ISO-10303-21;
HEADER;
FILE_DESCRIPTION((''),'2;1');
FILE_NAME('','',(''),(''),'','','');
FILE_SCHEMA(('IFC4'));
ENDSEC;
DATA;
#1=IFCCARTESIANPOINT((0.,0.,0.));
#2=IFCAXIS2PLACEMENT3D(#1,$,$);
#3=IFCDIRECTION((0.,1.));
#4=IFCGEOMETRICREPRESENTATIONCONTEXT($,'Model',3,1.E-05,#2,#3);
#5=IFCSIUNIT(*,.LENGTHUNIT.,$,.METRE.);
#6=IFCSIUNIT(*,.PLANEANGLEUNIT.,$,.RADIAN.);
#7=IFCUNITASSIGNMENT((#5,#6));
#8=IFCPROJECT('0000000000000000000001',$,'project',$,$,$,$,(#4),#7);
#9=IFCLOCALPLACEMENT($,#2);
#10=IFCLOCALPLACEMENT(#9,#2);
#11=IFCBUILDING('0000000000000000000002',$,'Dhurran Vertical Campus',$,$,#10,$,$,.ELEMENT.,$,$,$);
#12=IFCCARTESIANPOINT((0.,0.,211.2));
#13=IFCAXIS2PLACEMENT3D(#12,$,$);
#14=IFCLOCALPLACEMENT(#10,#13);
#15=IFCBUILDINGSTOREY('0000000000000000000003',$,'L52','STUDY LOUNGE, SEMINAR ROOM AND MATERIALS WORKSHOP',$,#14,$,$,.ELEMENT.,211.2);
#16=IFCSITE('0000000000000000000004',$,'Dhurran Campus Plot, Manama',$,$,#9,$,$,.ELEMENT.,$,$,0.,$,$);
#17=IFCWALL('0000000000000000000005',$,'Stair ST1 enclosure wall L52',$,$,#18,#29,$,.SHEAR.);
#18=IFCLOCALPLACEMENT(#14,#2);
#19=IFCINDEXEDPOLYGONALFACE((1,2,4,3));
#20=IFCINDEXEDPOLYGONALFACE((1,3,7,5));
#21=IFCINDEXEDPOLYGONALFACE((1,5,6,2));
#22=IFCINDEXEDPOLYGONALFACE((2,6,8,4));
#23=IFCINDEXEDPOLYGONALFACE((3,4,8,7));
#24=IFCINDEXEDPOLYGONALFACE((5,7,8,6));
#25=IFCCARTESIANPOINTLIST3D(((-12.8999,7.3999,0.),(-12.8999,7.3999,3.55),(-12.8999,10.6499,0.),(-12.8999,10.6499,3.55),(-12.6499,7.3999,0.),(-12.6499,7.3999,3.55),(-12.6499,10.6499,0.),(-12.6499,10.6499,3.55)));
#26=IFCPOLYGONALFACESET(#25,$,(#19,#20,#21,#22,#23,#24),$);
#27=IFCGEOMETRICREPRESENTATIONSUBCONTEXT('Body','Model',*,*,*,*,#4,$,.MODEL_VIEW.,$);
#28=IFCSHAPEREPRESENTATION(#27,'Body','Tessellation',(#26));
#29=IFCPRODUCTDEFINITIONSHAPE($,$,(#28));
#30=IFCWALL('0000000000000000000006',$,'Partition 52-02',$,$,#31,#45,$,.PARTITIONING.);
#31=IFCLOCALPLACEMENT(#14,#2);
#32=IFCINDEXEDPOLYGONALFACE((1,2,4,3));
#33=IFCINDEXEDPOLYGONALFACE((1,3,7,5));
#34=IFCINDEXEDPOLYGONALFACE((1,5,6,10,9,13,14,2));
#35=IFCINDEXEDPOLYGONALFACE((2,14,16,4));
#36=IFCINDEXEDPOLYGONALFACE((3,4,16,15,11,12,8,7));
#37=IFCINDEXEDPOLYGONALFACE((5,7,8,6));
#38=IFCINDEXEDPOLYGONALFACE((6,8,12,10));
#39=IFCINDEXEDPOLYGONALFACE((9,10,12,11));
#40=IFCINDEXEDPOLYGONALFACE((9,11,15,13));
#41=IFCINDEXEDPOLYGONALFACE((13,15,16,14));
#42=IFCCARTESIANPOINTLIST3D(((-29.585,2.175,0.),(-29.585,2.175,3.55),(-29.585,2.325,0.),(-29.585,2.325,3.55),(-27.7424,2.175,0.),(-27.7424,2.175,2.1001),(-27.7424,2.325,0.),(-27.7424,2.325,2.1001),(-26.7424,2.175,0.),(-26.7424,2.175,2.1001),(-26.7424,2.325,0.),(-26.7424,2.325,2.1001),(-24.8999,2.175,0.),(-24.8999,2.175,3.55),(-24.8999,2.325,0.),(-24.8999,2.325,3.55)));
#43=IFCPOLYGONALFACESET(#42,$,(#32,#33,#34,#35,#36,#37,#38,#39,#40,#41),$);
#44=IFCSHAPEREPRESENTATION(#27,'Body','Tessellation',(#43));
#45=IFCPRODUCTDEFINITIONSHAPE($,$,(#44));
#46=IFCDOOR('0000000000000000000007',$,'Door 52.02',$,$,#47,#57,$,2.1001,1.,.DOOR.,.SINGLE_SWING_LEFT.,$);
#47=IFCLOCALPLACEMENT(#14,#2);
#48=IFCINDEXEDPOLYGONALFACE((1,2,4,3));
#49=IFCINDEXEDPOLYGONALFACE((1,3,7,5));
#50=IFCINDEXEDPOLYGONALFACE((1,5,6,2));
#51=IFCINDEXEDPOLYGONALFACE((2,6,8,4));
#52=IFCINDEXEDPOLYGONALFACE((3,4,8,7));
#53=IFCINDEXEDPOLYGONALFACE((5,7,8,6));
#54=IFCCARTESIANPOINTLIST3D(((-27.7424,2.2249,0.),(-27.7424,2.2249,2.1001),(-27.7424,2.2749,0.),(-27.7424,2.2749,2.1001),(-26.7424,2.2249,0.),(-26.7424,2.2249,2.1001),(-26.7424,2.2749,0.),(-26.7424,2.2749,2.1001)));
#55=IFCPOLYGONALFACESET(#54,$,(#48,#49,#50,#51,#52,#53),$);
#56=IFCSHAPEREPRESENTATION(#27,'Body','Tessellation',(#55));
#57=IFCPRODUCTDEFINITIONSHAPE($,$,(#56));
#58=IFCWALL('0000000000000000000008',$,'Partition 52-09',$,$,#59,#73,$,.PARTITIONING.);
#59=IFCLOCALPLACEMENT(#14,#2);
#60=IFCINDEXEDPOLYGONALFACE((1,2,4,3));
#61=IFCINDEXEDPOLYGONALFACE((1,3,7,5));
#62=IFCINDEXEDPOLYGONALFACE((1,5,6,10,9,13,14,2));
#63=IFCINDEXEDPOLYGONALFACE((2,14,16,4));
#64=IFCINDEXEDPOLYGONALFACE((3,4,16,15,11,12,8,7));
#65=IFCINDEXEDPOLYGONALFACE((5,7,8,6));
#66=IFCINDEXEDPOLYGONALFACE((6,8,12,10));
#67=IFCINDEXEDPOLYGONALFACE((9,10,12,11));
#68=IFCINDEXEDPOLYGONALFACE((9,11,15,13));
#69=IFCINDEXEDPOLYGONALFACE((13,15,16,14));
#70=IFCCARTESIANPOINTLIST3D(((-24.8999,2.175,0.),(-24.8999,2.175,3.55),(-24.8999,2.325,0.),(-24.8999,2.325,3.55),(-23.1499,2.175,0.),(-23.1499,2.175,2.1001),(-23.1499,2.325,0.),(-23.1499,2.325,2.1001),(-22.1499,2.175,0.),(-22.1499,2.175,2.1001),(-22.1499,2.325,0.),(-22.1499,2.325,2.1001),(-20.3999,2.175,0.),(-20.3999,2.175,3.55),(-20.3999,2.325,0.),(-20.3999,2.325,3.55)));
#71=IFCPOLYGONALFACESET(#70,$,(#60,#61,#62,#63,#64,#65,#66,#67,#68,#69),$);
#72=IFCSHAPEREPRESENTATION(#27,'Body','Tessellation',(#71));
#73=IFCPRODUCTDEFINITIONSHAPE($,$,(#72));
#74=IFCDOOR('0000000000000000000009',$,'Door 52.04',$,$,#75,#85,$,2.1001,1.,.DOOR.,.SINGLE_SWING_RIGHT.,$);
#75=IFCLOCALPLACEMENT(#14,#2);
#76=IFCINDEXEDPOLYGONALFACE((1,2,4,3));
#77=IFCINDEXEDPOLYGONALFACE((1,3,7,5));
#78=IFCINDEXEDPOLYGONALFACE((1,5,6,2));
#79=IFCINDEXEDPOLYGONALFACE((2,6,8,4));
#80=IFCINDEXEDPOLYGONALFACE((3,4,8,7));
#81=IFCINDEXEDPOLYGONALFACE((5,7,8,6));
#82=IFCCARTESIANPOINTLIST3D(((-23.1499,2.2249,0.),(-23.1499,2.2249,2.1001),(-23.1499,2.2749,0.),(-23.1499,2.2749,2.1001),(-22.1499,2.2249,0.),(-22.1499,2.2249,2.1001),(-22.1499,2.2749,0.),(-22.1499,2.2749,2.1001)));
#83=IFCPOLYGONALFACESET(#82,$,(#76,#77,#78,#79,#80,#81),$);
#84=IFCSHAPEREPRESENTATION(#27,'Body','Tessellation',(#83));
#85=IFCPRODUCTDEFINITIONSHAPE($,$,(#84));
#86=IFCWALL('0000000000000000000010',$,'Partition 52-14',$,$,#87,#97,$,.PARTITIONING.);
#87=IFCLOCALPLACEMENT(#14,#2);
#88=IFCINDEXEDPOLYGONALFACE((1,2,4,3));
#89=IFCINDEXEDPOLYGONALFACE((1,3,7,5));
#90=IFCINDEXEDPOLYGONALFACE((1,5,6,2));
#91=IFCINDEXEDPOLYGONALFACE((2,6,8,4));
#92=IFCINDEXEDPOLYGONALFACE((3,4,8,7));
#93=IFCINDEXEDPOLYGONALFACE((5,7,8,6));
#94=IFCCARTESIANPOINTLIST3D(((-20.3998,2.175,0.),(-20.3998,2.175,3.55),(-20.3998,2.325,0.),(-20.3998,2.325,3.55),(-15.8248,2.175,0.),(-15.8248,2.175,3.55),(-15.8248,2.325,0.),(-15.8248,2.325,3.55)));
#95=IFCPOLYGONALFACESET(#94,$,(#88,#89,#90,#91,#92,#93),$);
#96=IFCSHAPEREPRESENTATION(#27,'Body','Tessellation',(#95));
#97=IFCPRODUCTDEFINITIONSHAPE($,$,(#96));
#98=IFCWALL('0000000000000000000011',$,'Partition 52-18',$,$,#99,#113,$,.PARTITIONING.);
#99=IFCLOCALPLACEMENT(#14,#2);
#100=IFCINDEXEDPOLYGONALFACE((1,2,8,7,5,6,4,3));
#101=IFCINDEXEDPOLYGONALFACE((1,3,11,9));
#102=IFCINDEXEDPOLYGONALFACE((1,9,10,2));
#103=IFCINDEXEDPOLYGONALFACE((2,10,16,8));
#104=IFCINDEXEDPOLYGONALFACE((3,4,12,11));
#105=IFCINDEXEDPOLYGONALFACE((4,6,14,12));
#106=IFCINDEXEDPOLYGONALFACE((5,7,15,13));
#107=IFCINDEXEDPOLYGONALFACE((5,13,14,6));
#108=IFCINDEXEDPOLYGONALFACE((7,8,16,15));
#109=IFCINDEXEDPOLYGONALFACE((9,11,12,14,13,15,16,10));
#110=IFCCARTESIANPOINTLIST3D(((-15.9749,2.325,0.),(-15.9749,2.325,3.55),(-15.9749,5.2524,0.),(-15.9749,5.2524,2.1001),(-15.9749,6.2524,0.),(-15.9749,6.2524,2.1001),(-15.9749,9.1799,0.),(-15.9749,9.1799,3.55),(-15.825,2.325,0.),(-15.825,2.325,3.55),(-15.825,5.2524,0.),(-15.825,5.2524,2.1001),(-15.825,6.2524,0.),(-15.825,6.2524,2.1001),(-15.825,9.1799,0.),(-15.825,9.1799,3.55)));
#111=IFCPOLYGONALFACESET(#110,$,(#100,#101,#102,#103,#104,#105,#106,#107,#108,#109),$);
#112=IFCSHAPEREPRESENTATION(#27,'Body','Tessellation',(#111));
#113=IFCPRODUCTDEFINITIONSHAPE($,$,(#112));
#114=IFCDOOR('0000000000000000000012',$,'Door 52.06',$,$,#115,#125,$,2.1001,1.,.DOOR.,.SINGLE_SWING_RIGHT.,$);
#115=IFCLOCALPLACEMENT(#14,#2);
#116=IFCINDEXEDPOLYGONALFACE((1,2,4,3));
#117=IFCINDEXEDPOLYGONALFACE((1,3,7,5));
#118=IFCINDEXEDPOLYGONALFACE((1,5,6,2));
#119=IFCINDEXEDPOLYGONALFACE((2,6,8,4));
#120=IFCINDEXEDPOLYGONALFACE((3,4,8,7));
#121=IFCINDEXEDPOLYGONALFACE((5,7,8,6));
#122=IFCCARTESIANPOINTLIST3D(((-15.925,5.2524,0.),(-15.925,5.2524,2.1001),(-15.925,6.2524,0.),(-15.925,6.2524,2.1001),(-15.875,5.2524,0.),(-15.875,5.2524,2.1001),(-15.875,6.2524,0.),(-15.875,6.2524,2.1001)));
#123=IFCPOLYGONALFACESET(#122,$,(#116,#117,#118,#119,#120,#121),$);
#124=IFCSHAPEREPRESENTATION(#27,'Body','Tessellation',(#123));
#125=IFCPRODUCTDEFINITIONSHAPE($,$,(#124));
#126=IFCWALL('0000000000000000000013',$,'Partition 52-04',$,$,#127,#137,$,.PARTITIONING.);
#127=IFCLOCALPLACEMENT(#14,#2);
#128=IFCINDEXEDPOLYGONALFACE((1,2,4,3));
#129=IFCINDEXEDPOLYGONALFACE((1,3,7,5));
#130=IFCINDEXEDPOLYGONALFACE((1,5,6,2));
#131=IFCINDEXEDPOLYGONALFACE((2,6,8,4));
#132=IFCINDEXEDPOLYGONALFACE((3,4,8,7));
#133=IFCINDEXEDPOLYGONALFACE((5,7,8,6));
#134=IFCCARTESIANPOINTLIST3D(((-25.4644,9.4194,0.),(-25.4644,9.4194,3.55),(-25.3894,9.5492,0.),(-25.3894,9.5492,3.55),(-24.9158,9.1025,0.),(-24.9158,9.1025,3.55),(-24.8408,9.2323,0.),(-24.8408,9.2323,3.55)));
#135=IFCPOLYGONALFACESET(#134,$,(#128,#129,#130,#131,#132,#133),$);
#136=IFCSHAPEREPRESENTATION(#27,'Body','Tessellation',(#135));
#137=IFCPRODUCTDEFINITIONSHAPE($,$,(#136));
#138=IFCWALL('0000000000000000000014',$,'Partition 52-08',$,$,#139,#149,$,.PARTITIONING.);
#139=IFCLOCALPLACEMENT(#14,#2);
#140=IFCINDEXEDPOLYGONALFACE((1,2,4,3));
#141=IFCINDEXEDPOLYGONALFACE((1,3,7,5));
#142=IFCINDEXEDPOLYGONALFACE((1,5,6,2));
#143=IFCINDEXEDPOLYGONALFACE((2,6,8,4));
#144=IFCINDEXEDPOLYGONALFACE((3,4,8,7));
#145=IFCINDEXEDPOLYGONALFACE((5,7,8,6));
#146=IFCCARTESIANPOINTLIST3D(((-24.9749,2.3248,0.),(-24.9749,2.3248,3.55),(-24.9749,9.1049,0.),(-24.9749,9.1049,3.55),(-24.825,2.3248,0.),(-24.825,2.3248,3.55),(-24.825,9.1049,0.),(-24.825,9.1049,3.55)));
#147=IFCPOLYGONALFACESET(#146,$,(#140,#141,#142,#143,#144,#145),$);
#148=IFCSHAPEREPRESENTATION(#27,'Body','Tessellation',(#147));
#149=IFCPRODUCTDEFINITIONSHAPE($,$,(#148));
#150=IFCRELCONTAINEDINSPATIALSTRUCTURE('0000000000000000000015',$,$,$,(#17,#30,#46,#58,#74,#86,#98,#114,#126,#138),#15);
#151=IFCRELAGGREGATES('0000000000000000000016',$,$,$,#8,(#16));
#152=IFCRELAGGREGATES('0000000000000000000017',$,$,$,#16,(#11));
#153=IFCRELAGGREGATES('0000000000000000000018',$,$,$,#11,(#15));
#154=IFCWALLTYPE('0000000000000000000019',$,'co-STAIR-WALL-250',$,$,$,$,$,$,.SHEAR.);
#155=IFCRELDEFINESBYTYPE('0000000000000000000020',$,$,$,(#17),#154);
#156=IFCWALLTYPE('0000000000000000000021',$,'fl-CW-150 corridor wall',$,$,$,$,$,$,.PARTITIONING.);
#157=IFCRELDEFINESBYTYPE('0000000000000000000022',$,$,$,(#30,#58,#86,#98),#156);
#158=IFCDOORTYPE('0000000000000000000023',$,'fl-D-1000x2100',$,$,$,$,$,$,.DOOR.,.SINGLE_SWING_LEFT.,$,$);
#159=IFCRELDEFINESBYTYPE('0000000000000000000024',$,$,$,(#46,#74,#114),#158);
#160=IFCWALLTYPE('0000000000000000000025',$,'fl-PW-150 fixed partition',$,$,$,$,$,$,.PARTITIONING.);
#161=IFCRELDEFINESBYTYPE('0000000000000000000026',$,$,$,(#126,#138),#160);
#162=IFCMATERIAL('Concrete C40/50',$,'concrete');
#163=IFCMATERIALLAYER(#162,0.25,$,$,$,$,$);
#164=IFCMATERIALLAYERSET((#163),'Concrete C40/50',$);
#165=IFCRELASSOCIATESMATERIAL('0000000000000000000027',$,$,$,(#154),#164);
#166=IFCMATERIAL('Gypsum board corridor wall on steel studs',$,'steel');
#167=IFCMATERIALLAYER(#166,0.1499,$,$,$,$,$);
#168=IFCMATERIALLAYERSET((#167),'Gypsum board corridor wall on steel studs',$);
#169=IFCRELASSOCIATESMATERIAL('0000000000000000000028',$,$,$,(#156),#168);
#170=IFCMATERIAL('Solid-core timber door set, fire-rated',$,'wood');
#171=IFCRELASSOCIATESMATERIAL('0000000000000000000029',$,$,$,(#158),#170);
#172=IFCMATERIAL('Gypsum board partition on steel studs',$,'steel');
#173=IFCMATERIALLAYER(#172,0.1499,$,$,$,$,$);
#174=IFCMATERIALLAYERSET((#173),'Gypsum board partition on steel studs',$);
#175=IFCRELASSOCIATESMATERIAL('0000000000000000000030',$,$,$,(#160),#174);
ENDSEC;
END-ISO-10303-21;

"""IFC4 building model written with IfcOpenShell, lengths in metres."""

from ifc_helpers import new_model, si_unit, direction, frame, frame_2d, origin, place, context, subcontext, project, spatial, rectangle, extrude, material, layer, layer_set, type_object, element, fill, save


model = new_model("IFC4")

# Units and contexts
model_context = context("Model", 3, precision=1e-05, world=origin(), true_north=direction((0.0, 1.0)))
body_context = subcontext(model_context, "Body", "Model", "MODEL_VIEW")
ifc_project = project(units=[si_unit("LENGTHUNIT", "METRE"), si_unit("PLANEANGLEUNIT", "RADIAN")], contexts=[model_context])

# Site, building, storey
site_placement = place(None, origin())
site = spatial("IfcSite", under=ifc_project, at=site_placement, Name="Dhurran Campus Plot, Manama", CompositionType="ELEMENT", RefElevation=0.0)
building_placement = place(site_placement, origin())
building = spatial("IfcBuilding", under=site, at=building_placement, Name="Dhurran Vertical Campus", CompositionType="ELEMENT")
storey_placement = place(building_placement, frame((0.0, 0.0, 211.2)))
storey = spatial("IfcBuildingStorey", under=building, at=storey_placement, Name="L52", Description="STUDY LOUNGE, SEMINAR ROOM AND MATERIALS WORKSHOP", CompositionType="ELEMENT", Elevation=211.2)

# Shared definitions
ifc_material_1 = material(Name="Concrete C40/50", Category="concrete")
ifc_layer_1 = layer(ifc_material_1, 0.25)
ifc_layer_set_1 = layer_set([ifc_layer_1], Name="Concrete C40/50")
wall_type_1 = type_object("IfcWallType", Name="co-STAIR-WALL-250", PredefinedType="SHEAR", material=ifc_layer_set_1)

# Wall
wall_1_placement = place(storey_placement, frame((-12.7749, 7.3999, 0.0), z_axis=(0.0, 0.0, 1.0), x_axis=(0.0, 1.0, 0.0)))
element("IfcWall", 1, at=wall_1_placement, inside=storey, type_object=wall_type_1, Name="Stair ST1 enclosure wall L52", PredefinedType="SHEAR", context=body_context, shape_type="SweptSolid", body=[
    extrude(rectangle(XDim=3.25, YDim=0.25, at=frame_2d((1.625, 0.0))), origin(), (0.0, 0.0, 1.0), 3.55),
])

# Walls, openings, doors
ifc_material_2 = material(Name="Gypsum board corridor wall on steel studs", Category="steel")
ifc_layer_2 = layer(ifc_material_2, 0.1499)
ifc_layer_set_2 = layer_set([ifc_layer_2], Name="Gypsum board corridor wall on steel studs")
wall_type_2 = type_object("IfcWallType", Name="fl-CW-150 corridor wall", PredefinedType="PARTITIONING", material=ifc_layer_set_2)
wall_2_placement = place(storey_placement, frame((-29.585, 2.25, 0.0), z_axis=(0.0, 0.0, 1.0), x_axis=(1.0, 0.0, 0.0)))
wall_2 = element("IfcWall", 2, at=wall_2_placement, inside=storey, type_object=wall_type_2, Name="Partition 52-02", PredefinedType="PARTITIONING", context=body_context, shape_type="SweptSolid", body=[
    extrude(rectangle(XDim=4.6851, YDim=0.1499, at=frame_2d((2.3425, 0.0))), origin(), (0.0, 0.0, 1.0), 3.55),
])
opening_1_placement = place(wall_2_placement, frame((1.8425, 0.0, 0.0)))
opening_1 = element("IfcOpeningElement", 3, at=opening_1_placement, cuts=wall_2, PredefinedType="OPENING", context=body_context, shape_type="SweptSolid", body=[
    extrude(rectangle(XDim=1.0, YDim=2.1001, at=frame_2d((0.5, 1.05))), frame((0.0, 0.085, 0.0), z_axis=(0.0, -1.0, 0.0), x_axis=(1.0, 0.0, 0.0)), (0.0, 0.0, 1.0), 0.1699),
])
ifc_material_3 = material(Name="Solid-core timber door set, fire-rated", Category="wood")
door_type_1 = type_object("IfcDoorType", Name="fl-D-1000x2100", OperationType="SINGLE_SWING_LEFT", PredefinedType="DOOR", material=ifc_material_3)
door_1_placement = place(opening_1_placement, origin())
door_1 = element("IfcDoor", 4, at=door_1_placement, inside=storey, type_object=door_type_1, Name="Door 52.02", OperationType="SINGLE_SWING_LEFT", OverallHeight=2.1001, OverallWidth=1.0, PredefinedType="DOOR", context=body_context, shape_type="SweptSolid", body=[
    extrude(rectangle(XDim=1.0, YDim=2.1001, at=frame_2d((0.5, 1.05))), frame((0.0, 0.0249, 0.0), z_axis=(0.0, -1.0, 0.0), x_axis=(1.0, 0.0, 0.0)), (0.0, 0.0, 1.0), 0.05),
])
fill(opening_1, door_1)
wall_3_placement = place(storey_placement, frame((-24.8999, 2.25, 0.0), z_axis=(0.0, 0.0, 1.0), x_axis=(1.0, 0.0, 0.0)))
wall_3 = element("IfcWall", 5, at=wall_3_placement, inside=storey, type_object=wall_type_2, Name="Partition 52-09", PredefinedType="PARTITIONING", context=body_context, shape_type="SweptSolid", body=[
    extrude(rectangle(XDim=4.5, YDim=0.1499, at=frame_2d((2.25, 0.0))), origin(), (0.0, 0.0, 1.0), 3.55),
])
opening_2_placement = place(wall_3_placement, frame((1.75, 0.0, 0.0)))
opening_2 = element("IfcOpeningElement", 6, at=opening_2_placement, cuts=wall_3, PredefinedType="OPENING", context=body_context, shape_type="SweptSolid", body=[
    extrude(rectangle(XDim=1.0, YDim=2.1001, at=frame_2d((0.5, 1.05))), frame((0.0, 0.085, 0.0), z_axis=(0.0, -1.0, 0.0), x_axis=(1.0, 0.0, 0.0)), (0.0, 0.0, 1.0), 0.1699),
])
door_2_placement = place(opening_2_placement, origin())
door_2 = element("IfcDoor", 7, at=door_2_placement, inside=storey, type_object=door_type_1, Name="Door 52.04", OperationType="SINGLE_SWING_RIGHT", OverallHeight=2.1001, OverallWidth=1.0, PredefinedType="DOOR", context=body_context, shape_type="SweptSolid", body=[
    extrude(rectangle(XDim=1.0, YDim=2.1001, at=frame_2d((0.5, 1.05))), frame((0.0, 0.0249, 0.0), z_axis=(0.0, -1.0, 0.0), x_axis=(1.0, 0.0, 0.0)), (0.0, 0.0, 1.0), 0.05),
])
fill(opening_2, door_2)

# Wall
wall_4_placement = place(storey_placement, frame((-20.3999, 2.25, 0.0), z_axis=(0.0, 0.0, 1.0), x_axis=(1.0, 0.0, 0.0)))
element("IfcWall", 8, at=wall_4_placement, inside=storey, type_object=wall_type_2, Name="Partition 52-14", PredefinedType="PARTITIONING", context=body_context, shape_type="SweptSolid", body=[
    extrude(rectangle(XDim=4.575, YDim=0.1499, at=frame_2d((2.2876, 0.0))), origin(), (0.0, 0.0, 1.0), 3.55),
])

# Wall, opening, door
wall_5_placement = place(storey_placement, frame((-15.8999, 9.1799, 0.0), z_axis=(0.0, 0.0, 1.0), x_axis=(0.0, -1.0, 0.0)))
wall_5 = element("IfcWall", 9, at=wall_5_placement, inside=storey, type_object=wall_type_2, Name="Partition 52-18", PredefinedType="PARTITIONING", context=body_context, shape_type="SweptSolid", body=[
    extrude(rectangle(XDim=6.855, YDim=0.1499, at=frame_2d((3.4275, 0.0))), origin(), (0.0, 0.0, 1.0), 3.55),
])
opening_3_placement = place(wall_5_placement, frame((2.9275, 0.0, 0.0)))
opening_3 = element("IfcOpeningElement", 10, at=opening_3_placement, cuts=wall_5, PredefinedType="OPENING", context=body_context, shape_type="SweptSolid", body=[
    extrude(rectangle(XDim=1.0, YDim=2.1001, at=frame_2d((0.5, 1.05))), frame((0.0, 0.085, 0.0), z_axis=(0.0, -1.0, 0.0), x_axis=(1.0, 0.0, 0.0)), (0.0, 0.0, 1.0), 0.1699),
])
door_3_placement = place(opening_3_placement, origin())
door_3 = element("IfcDoor", 11, at=door_3_placement, inside=storey, type_object=door_type_1, Name="Door 52.06", OperationType="SINGLE_SWING_RIGHT", OverallHeight=2.1001, OverallWidth=1.0, PredefinedType="DOOR", context=body_context, shape_type="SweptSolid", body=[
    extrude(rectangle(XDim=1.0, YDim=2.1001, at=frame_2d((0.5, 1.05))), frame((0.0, 0.0249, 0.0), z_axis=(0.0, -1.0, 0.0), x_axis=(1.0, 0.0, 0.0)), (0.0, 0.0, 1.0), 0.05),
])
fill(opening_3, door_3)

# Walls
ifc_material_4 = material(Name="Gypsum board partition on steel studs", Category="steel")
ifc_layer_3 = layer(ifc_material_4, 0.1499)
ifc_layer_set_3 = layer_set([ifc_layer_3], Name="Gypsum board partition on steel studs")
wall_type_3 = type_object("IfcWallType", Name="fl-PW-150 fixed partition", PredefinedType="PARTITIONING", material=ifc_layer_set_3)
wall_6_placement = place(storey_placement, frame((-25.427, 9.4844, 0.0), z_axis=(0.0, 0.0, 1.0), x_axis=(0.86591, -0.500201, 0.0)))
element("IfcWall", 12, at=wall_6_placement, inside=storey, type_object=wall_type_3, Name="Partition 52-04", PredefinedType="PARTITIONING", context=body_context, shape_type="SweptSolid", body=[
    extrude(rectangle(XDim=0.6335, YDim=0.1499, at=frame_2d((0.3169, 0.0))), origin(), (0.0, 0.0, 1.0), 3.55),
])
wall_7_placement = place(storey_placement, frame((-24.8999, 9.105, 0.0), z_axis=(0.0, 0.0, 1.0), x_axis=(0.0, -1.0, 0.0)))
element("IfcWall", 13, at=wall_7_placement, inside=storey, type_object=wall_type_3, Name="Partition 52-08", PredefinedType="PARTITIONING", context=body_context, shape_type="SweptSolid", body=[
    extrude(rectangle(XDim=6.78, YDim=0.1499, at=frame_2d((3.3901, 0.0))), origin(), (0.0, 0.0, 1.0), 3.55),
])

save(model, "model.ifc")
